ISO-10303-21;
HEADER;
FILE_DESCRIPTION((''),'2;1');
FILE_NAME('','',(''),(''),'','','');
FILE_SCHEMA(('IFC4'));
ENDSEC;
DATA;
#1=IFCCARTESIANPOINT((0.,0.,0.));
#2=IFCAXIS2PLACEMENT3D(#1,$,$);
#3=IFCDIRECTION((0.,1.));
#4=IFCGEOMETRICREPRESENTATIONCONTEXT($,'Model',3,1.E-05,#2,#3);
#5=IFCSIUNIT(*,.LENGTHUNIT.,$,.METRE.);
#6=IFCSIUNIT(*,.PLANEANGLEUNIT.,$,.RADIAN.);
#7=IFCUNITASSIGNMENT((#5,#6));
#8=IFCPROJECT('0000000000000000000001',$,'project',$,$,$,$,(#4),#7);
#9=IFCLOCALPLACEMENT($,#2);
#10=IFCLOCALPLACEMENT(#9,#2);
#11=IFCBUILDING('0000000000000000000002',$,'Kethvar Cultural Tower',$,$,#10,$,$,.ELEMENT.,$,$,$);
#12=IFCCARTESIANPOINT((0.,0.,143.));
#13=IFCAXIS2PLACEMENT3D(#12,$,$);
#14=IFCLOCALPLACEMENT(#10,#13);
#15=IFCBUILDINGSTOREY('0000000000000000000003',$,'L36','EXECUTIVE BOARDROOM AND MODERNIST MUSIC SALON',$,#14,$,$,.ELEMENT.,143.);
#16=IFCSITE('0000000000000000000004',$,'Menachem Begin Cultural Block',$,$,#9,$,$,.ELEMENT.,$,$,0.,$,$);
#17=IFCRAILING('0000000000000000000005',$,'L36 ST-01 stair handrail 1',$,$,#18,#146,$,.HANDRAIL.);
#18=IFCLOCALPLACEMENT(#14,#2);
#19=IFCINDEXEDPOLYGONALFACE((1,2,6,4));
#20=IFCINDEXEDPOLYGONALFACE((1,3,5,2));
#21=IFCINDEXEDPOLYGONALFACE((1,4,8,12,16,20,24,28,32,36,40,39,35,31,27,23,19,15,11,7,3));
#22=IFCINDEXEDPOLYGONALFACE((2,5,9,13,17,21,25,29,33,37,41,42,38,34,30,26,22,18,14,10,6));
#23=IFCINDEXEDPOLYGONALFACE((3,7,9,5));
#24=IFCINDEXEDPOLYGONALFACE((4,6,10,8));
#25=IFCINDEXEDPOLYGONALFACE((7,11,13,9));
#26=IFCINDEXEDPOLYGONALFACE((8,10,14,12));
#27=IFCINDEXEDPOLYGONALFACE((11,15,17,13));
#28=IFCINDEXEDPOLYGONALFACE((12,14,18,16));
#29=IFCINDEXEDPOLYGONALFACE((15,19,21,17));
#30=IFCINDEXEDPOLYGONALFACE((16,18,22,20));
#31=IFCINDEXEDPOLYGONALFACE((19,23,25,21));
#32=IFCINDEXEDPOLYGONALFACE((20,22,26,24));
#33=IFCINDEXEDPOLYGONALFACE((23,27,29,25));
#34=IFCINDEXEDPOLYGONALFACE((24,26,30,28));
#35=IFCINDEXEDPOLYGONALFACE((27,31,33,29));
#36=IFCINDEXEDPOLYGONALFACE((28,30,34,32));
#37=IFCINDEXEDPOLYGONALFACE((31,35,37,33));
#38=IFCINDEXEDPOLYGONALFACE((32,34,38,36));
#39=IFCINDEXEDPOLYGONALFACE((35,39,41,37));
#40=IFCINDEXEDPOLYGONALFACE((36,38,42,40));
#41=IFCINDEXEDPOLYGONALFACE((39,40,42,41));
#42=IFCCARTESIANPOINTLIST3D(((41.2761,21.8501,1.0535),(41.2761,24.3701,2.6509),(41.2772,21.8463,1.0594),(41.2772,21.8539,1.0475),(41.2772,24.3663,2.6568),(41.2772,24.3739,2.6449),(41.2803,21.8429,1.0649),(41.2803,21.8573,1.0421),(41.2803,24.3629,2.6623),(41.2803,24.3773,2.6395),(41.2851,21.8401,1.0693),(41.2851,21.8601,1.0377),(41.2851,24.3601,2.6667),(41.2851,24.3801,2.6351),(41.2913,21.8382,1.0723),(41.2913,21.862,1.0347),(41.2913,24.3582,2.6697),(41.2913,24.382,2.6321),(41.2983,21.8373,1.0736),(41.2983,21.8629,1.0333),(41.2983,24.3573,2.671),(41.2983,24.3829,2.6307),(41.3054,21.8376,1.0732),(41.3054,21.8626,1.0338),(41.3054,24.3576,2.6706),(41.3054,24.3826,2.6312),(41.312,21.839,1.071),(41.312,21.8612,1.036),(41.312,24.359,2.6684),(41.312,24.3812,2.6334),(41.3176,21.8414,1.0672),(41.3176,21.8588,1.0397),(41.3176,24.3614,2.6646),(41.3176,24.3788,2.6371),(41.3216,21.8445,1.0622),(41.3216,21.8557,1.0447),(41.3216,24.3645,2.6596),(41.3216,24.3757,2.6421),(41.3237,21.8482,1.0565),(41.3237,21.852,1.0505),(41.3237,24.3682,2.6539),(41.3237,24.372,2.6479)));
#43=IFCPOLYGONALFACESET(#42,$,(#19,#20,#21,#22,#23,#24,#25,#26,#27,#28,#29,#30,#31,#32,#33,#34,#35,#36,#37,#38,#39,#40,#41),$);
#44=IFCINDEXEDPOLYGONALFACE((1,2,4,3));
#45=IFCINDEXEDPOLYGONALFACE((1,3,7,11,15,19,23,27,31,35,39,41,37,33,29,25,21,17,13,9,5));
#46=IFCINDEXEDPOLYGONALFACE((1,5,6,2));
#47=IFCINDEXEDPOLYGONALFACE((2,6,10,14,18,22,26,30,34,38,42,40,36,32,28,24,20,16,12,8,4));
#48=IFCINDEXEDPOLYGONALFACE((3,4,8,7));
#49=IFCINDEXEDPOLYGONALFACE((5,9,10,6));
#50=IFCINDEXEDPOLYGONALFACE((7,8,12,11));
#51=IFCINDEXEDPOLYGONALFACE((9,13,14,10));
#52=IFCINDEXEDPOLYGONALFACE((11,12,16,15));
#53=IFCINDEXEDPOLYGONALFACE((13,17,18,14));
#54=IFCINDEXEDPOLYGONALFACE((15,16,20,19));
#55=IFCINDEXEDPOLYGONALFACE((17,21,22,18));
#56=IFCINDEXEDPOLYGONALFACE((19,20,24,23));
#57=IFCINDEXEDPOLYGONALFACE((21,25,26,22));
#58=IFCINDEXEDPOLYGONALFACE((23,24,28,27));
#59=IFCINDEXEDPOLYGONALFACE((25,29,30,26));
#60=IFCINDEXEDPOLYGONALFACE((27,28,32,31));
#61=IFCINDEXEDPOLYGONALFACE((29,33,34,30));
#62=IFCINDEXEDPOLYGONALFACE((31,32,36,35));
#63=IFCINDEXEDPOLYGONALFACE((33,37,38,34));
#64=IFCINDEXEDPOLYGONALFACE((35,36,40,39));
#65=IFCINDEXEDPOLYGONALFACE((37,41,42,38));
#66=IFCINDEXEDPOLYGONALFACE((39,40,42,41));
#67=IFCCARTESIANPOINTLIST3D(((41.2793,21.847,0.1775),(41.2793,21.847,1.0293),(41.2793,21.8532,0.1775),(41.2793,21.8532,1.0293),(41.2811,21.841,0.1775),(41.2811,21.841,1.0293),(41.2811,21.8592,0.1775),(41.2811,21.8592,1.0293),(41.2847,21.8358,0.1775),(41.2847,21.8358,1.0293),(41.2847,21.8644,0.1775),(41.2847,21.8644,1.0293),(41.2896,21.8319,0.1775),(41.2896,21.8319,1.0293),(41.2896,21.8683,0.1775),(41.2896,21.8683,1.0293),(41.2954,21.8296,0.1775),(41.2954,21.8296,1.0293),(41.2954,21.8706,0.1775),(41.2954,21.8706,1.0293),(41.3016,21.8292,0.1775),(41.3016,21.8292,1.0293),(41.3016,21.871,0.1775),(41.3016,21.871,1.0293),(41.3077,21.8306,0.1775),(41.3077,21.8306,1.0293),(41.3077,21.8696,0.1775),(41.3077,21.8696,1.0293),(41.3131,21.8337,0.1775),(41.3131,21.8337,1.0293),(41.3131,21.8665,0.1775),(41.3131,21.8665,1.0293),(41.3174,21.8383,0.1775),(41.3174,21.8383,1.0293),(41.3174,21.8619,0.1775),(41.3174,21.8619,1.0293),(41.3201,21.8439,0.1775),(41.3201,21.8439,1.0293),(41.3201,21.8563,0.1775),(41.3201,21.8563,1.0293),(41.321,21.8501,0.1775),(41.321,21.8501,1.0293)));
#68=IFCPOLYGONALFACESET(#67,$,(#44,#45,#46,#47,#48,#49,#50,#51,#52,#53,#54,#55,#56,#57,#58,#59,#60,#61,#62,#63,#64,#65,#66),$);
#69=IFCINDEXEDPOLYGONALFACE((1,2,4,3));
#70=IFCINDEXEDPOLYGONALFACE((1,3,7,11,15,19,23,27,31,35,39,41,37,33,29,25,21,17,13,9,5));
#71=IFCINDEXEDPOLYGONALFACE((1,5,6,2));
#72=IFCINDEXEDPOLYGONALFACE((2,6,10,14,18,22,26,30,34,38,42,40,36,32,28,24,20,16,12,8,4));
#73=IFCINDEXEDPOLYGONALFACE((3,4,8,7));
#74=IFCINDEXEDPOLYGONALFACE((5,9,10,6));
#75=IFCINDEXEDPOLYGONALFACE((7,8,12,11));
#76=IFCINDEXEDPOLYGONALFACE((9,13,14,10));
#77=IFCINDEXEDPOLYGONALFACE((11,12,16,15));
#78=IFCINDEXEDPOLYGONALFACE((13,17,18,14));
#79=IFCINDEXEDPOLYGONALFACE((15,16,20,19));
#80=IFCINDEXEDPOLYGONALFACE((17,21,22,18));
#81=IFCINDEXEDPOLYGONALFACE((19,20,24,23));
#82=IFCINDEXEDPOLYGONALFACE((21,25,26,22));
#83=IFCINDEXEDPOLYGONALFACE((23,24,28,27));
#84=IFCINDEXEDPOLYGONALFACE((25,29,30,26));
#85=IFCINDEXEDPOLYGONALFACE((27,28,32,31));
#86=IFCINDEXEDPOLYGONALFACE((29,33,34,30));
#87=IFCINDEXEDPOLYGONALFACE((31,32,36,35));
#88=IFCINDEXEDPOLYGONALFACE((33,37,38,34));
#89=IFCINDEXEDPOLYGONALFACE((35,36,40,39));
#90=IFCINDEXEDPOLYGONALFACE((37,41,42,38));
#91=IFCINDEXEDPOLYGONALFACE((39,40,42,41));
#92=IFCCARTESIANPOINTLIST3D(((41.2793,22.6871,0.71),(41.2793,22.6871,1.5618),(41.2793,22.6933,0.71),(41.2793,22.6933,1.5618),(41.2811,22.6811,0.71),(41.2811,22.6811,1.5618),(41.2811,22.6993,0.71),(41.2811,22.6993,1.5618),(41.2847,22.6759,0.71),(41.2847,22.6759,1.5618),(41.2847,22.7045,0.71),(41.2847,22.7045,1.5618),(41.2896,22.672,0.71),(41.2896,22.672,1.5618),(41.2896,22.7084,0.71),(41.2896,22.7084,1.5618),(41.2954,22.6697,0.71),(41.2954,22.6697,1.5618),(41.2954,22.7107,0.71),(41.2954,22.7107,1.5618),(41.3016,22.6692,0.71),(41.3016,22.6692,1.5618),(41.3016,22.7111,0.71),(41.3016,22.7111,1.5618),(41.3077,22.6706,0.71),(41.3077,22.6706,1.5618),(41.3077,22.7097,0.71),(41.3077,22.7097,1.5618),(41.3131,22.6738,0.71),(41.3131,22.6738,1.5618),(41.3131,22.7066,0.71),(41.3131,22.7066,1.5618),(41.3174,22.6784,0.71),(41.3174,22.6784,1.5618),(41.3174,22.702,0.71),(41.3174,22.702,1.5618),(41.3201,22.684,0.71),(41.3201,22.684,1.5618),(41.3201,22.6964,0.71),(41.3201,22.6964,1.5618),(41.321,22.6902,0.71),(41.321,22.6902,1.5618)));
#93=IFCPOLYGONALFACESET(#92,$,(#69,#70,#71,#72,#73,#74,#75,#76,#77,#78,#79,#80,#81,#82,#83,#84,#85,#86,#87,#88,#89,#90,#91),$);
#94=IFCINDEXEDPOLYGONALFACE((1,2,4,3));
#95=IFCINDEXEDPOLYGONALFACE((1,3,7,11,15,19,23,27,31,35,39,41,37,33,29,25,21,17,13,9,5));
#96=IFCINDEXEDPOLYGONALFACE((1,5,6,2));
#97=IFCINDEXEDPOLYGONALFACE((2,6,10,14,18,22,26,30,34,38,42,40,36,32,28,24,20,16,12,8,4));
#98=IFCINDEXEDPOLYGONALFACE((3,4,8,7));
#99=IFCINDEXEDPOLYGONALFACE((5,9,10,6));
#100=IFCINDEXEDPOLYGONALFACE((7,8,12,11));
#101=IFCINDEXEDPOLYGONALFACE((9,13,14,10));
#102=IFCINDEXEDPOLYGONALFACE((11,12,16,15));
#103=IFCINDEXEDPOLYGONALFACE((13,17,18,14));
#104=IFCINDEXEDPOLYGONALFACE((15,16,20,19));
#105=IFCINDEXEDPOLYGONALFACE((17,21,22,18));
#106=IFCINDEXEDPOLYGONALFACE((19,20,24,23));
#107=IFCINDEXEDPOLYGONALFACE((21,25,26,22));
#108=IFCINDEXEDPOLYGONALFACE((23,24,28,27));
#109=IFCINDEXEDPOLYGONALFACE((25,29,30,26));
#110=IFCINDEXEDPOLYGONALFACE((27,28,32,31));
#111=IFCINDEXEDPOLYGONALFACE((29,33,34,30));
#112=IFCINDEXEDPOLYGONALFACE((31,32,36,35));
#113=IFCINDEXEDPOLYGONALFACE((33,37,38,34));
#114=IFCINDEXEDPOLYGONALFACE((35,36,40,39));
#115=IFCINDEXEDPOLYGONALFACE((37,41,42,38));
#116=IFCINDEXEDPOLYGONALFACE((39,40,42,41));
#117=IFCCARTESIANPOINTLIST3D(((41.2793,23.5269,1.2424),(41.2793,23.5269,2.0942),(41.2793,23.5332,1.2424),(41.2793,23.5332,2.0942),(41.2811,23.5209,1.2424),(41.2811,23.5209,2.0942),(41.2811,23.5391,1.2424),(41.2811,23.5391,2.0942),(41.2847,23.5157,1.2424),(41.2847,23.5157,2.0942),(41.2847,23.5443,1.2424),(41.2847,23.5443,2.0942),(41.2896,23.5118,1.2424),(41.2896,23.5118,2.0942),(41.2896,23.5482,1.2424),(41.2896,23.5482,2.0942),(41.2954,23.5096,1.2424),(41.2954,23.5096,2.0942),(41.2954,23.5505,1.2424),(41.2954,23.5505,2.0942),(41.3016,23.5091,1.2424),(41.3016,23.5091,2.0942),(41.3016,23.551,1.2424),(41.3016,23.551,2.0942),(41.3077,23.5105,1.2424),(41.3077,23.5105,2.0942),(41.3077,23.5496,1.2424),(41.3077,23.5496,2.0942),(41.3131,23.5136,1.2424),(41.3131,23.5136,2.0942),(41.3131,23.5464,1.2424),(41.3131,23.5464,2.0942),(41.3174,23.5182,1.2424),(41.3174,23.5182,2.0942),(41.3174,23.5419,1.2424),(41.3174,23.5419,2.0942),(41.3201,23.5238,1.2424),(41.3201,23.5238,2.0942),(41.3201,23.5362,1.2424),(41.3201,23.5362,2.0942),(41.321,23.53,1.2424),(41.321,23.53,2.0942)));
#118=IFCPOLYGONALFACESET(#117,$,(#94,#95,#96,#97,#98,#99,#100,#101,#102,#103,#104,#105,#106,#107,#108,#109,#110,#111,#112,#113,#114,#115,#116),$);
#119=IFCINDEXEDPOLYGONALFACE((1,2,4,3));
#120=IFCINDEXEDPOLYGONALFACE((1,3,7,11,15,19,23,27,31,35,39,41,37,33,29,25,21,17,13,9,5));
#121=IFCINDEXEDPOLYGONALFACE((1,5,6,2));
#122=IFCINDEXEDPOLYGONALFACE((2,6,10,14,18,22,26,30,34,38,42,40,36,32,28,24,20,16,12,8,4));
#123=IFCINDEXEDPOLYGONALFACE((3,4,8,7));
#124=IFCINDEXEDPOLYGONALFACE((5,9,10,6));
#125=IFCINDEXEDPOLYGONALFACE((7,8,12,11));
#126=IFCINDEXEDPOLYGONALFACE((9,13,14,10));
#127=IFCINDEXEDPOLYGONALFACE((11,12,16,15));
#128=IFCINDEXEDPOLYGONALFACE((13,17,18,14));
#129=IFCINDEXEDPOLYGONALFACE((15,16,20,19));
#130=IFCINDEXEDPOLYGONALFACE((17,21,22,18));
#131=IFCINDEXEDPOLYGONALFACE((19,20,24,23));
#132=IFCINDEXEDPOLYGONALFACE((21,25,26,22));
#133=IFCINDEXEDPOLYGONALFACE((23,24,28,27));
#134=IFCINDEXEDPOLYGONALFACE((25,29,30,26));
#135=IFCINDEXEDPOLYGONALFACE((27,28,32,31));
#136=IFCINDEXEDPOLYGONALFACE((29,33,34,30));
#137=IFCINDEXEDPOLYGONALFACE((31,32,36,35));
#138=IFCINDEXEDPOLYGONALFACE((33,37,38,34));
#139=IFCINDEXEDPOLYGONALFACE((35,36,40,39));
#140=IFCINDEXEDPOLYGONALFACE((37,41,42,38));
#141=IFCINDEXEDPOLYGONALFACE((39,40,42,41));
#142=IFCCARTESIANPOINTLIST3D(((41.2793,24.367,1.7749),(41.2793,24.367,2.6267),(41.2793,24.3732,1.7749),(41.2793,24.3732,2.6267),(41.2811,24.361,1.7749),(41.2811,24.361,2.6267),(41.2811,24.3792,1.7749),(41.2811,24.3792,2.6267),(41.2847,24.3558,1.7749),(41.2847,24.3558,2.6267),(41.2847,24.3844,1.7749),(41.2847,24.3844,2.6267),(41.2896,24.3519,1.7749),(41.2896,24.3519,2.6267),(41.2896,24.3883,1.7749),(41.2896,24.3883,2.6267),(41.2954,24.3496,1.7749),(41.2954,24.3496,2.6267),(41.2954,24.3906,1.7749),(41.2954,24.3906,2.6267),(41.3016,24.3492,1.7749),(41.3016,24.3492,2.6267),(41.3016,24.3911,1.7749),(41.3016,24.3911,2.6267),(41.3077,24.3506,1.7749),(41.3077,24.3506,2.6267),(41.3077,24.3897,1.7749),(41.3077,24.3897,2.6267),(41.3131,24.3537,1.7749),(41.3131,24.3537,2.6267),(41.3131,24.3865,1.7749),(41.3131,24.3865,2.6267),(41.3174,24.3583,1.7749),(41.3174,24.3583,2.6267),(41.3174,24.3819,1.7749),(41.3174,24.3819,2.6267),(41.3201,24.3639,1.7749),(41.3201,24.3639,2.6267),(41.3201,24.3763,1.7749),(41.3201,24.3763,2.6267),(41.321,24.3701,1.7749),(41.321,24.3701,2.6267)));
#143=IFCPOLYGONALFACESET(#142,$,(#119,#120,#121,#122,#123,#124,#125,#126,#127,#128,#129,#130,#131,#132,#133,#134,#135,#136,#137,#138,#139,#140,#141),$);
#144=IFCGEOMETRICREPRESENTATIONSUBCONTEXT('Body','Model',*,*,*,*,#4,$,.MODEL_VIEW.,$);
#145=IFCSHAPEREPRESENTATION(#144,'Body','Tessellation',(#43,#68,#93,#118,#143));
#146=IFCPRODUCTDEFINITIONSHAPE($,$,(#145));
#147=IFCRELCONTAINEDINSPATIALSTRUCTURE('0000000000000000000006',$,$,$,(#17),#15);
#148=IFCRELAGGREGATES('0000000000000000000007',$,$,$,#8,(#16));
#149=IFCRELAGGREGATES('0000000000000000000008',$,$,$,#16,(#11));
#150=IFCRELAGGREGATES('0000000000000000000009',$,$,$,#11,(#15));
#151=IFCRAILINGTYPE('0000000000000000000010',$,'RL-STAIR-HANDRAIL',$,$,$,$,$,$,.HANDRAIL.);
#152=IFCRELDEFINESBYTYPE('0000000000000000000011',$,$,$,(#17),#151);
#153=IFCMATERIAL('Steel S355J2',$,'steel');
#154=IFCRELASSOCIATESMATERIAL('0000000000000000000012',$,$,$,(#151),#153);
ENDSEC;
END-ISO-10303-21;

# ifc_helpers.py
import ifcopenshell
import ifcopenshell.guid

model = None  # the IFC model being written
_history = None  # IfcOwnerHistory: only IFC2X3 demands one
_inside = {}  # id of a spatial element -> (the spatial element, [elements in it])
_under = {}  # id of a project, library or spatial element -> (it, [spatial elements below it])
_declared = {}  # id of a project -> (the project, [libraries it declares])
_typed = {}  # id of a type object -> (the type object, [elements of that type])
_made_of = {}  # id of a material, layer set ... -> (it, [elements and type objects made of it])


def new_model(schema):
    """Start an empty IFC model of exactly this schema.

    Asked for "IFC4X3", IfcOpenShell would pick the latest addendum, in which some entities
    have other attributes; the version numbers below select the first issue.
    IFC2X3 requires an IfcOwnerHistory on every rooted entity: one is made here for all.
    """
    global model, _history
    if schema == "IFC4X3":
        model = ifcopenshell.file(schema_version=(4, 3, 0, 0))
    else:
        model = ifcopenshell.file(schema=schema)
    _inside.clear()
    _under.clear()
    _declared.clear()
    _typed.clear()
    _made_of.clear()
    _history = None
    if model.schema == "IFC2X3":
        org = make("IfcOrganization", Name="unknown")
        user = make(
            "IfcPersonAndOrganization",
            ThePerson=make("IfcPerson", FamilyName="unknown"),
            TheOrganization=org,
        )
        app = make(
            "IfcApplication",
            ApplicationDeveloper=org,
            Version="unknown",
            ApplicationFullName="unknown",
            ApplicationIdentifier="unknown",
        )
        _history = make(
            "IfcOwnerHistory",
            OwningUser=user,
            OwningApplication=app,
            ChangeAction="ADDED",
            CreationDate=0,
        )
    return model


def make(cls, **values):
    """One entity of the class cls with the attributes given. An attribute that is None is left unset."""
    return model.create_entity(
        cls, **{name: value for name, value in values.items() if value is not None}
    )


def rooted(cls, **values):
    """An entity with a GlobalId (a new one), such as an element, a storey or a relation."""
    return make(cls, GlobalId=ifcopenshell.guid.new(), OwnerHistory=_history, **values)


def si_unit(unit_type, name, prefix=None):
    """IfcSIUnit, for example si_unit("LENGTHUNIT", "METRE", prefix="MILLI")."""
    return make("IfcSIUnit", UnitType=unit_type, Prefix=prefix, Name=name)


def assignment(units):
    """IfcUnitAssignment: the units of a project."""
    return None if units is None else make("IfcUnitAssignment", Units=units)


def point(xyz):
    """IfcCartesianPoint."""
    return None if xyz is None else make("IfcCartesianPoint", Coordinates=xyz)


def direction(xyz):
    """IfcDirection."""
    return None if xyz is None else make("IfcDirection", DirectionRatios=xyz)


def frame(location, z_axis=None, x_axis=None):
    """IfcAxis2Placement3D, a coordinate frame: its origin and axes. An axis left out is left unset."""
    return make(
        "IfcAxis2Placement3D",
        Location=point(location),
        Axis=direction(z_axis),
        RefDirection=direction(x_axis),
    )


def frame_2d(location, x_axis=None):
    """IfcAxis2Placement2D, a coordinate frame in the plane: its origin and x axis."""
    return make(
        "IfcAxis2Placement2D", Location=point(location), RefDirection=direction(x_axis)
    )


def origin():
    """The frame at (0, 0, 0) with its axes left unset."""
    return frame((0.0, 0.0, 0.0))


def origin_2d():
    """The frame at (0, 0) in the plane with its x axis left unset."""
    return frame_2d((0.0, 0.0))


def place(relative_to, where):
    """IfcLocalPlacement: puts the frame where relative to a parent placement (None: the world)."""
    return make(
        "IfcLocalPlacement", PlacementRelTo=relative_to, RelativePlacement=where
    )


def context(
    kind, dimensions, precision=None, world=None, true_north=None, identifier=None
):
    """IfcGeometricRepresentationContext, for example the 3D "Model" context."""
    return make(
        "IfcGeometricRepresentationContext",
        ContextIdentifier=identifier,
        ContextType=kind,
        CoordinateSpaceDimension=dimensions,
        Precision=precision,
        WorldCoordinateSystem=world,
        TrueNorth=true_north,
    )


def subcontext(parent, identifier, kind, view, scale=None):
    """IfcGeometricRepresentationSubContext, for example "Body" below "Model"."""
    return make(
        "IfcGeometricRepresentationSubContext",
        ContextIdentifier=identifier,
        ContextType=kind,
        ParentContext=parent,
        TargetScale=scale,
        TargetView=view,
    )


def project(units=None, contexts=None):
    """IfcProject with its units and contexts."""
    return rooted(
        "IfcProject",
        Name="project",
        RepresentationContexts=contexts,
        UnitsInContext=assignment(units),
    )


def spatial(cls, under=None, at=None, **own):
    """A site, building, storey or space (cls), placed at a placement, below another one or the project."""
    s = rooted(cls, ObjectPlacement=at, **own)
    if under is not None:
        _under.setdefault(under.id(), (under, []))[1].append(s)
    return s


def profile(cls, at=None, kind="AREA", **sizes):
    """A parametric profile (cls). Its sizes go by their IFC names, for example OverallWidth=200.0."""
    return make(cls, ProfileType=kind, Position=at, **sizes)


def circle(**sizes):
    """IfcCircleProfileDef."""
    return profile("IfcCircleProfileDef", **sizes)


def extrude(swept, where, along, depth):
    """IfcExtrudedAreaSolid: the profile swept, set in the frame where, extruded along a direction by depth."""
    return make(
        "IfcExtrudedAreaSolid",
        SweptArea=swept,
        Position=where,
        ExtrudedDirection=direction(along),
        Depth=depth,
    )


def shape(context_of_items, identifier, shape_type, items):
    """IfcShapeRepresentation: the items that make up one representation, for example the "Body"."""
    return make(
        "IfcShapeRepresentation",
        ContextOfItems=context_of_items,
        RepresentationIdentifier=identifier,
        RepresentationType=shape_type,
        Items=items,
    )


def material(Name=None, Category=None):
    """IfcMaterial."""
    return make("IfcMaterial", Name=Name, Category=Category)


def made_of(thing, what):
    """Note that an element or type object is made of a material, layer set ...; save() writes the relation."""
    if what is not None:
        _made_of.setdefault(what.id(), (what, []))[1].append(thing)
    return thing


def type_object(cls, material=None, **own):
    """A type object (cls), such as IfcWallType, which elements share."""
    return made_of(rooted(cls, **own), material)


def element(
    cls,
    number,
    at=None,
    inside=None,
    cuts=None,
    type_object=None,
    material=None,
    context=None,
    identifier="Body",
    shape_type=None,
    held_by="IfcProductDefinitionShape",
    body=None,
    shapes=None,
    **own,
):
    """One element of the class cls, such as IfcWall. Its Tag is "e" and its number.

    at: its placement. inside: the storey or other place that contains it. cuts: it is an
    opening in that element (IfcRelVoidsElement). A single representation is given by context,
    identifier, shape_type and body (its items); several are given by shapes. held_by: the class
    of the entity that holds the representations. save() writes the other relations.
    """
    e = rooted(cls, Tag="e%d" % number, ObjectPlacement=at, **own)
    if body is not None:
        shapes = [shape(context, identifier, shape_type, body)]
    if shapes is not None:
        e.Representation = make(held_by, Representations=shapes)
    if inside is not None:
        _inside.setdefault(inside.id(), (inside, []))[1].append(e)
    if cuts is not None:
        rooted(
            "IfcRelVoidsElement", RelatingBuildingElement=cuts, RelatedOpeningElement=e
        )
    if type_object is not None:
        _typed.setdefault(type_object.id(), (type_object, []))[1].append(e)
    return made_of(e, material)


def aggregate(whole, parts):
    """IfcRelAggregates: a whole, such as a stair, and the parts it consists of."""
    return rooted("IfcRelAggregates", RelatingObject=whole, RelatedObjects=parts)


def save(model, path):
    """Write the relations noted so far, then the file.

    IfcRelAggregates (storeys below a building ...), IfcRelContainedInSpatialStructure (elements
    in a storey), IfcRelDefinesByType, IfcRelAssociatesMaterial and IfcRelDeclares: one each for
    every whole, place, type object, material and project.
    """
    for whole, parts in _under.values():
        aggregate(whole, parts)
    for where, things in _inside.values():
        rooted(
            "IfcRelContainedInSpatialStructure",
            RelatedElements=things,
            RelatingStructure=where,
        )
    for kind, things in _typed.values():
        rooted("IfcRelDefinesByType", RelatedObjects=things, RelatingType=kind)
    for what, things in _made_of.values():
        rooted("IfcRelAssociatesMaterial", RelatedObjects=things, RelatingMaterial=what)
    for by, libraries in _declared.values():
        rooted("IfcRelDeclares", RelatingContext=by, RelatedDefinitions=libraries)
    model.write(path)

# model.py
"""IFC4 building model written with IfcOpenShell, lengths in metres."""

from ifc_helpers import new_model, si_unit, direction, frame, origin, origin_2d, place, context, subcontext, project, spatial, circle, extrude, material, type_object, element, save


model = new_model("IFC4")

# Units and contexts
model_context = context("Model", 3, precision=1e-05, world=origin(), true_north=direction((0.0, 1.0)))
body_context = subcontext(model_context, "Body", "Model", "MODEL_VIEW")
ifc_project = project(units=[si_unit("LENGTHUNIT", "METRE"), si_unit("PLANEANGLEUNIT", "RADIAN")], contexts=[model_context])

# Site, building, storey
site_placement = place(None, origin())
site = spatial("IfcSite", under=ifc_project, at=site_placement, Name="Menachem Begin Cultural Block", CompositionType="ELEMENT", RefElevation=0.0)
building_placement = place(site_placement, origin())
building = spatial("IfcBuilding", under=site, at=building_placement, Name="Kethvar Cultural Tower", CompositionType="ELEMENT")
storey_placement = place(building_placement, frame((0.0, 0.0, 143.0)))
storey = spatial("IfcBuildingStorey", under=building, at=storey_placement, Name="L36", Description="EXECUTIVE BOARDROOM AND MODERNIST MUSIC SALON", CompositionType="ELEMENT", Elevation=143.0)

# Shared definitions
ifc_material_1 = material(Name="Steel S355J2", Category="steel")

# Railing
railing_type_1 = type_object("IfcRailingType", Name="RL-STAIR-HANDRAIL", PredefinedType="HANDRAIL", material=ifc_material_1)
railing_1_placement = place(storey_placement, frame((41.3, 21.8501, 0.1775)))
element("IfcRailing", 1, at=railing_1_placement, inside=storey, type_object=railing_type_1, Name="L36 ST-01 stair handrail 1", PredefinedType="HANDRAIL", context=body_context, shape_type="SweptSolid", body=[
    extrude(circle(Radius=0.0239, at=origin_2d()), frame((0.0, 0.0, 0.876), z_axis=(0.0, 0.844607, 0.535387), x_axis=(-1.0, 0.0, 0.0)), (0.0, 0.0, 1.0), 2.9836),
    extrude(circle(Radius=0.021, at=origin_2d()), origin(), (0.0, 0.0, 1.0), 0.8518),
    extrude(circle(Radius=0.021, at=origin_2d()), frame((0.0, 0.8401, 0.5325)), (0.0, 0.0, 1.0), 0.8518),
    extrude(circle(Radius=0.021, at=origin_2d()), frame((0.0, 1.6799, 1.0649)), (0.0, 0.0, 1.0), 0.8518),
    extrude(circle(Radius=0.021, at=origin_2d()), frame((0.0, 2.52, 1.5974)), (0.0, 0.0, 1.0), 0.8518),
])

save(model, "model.ifc")
